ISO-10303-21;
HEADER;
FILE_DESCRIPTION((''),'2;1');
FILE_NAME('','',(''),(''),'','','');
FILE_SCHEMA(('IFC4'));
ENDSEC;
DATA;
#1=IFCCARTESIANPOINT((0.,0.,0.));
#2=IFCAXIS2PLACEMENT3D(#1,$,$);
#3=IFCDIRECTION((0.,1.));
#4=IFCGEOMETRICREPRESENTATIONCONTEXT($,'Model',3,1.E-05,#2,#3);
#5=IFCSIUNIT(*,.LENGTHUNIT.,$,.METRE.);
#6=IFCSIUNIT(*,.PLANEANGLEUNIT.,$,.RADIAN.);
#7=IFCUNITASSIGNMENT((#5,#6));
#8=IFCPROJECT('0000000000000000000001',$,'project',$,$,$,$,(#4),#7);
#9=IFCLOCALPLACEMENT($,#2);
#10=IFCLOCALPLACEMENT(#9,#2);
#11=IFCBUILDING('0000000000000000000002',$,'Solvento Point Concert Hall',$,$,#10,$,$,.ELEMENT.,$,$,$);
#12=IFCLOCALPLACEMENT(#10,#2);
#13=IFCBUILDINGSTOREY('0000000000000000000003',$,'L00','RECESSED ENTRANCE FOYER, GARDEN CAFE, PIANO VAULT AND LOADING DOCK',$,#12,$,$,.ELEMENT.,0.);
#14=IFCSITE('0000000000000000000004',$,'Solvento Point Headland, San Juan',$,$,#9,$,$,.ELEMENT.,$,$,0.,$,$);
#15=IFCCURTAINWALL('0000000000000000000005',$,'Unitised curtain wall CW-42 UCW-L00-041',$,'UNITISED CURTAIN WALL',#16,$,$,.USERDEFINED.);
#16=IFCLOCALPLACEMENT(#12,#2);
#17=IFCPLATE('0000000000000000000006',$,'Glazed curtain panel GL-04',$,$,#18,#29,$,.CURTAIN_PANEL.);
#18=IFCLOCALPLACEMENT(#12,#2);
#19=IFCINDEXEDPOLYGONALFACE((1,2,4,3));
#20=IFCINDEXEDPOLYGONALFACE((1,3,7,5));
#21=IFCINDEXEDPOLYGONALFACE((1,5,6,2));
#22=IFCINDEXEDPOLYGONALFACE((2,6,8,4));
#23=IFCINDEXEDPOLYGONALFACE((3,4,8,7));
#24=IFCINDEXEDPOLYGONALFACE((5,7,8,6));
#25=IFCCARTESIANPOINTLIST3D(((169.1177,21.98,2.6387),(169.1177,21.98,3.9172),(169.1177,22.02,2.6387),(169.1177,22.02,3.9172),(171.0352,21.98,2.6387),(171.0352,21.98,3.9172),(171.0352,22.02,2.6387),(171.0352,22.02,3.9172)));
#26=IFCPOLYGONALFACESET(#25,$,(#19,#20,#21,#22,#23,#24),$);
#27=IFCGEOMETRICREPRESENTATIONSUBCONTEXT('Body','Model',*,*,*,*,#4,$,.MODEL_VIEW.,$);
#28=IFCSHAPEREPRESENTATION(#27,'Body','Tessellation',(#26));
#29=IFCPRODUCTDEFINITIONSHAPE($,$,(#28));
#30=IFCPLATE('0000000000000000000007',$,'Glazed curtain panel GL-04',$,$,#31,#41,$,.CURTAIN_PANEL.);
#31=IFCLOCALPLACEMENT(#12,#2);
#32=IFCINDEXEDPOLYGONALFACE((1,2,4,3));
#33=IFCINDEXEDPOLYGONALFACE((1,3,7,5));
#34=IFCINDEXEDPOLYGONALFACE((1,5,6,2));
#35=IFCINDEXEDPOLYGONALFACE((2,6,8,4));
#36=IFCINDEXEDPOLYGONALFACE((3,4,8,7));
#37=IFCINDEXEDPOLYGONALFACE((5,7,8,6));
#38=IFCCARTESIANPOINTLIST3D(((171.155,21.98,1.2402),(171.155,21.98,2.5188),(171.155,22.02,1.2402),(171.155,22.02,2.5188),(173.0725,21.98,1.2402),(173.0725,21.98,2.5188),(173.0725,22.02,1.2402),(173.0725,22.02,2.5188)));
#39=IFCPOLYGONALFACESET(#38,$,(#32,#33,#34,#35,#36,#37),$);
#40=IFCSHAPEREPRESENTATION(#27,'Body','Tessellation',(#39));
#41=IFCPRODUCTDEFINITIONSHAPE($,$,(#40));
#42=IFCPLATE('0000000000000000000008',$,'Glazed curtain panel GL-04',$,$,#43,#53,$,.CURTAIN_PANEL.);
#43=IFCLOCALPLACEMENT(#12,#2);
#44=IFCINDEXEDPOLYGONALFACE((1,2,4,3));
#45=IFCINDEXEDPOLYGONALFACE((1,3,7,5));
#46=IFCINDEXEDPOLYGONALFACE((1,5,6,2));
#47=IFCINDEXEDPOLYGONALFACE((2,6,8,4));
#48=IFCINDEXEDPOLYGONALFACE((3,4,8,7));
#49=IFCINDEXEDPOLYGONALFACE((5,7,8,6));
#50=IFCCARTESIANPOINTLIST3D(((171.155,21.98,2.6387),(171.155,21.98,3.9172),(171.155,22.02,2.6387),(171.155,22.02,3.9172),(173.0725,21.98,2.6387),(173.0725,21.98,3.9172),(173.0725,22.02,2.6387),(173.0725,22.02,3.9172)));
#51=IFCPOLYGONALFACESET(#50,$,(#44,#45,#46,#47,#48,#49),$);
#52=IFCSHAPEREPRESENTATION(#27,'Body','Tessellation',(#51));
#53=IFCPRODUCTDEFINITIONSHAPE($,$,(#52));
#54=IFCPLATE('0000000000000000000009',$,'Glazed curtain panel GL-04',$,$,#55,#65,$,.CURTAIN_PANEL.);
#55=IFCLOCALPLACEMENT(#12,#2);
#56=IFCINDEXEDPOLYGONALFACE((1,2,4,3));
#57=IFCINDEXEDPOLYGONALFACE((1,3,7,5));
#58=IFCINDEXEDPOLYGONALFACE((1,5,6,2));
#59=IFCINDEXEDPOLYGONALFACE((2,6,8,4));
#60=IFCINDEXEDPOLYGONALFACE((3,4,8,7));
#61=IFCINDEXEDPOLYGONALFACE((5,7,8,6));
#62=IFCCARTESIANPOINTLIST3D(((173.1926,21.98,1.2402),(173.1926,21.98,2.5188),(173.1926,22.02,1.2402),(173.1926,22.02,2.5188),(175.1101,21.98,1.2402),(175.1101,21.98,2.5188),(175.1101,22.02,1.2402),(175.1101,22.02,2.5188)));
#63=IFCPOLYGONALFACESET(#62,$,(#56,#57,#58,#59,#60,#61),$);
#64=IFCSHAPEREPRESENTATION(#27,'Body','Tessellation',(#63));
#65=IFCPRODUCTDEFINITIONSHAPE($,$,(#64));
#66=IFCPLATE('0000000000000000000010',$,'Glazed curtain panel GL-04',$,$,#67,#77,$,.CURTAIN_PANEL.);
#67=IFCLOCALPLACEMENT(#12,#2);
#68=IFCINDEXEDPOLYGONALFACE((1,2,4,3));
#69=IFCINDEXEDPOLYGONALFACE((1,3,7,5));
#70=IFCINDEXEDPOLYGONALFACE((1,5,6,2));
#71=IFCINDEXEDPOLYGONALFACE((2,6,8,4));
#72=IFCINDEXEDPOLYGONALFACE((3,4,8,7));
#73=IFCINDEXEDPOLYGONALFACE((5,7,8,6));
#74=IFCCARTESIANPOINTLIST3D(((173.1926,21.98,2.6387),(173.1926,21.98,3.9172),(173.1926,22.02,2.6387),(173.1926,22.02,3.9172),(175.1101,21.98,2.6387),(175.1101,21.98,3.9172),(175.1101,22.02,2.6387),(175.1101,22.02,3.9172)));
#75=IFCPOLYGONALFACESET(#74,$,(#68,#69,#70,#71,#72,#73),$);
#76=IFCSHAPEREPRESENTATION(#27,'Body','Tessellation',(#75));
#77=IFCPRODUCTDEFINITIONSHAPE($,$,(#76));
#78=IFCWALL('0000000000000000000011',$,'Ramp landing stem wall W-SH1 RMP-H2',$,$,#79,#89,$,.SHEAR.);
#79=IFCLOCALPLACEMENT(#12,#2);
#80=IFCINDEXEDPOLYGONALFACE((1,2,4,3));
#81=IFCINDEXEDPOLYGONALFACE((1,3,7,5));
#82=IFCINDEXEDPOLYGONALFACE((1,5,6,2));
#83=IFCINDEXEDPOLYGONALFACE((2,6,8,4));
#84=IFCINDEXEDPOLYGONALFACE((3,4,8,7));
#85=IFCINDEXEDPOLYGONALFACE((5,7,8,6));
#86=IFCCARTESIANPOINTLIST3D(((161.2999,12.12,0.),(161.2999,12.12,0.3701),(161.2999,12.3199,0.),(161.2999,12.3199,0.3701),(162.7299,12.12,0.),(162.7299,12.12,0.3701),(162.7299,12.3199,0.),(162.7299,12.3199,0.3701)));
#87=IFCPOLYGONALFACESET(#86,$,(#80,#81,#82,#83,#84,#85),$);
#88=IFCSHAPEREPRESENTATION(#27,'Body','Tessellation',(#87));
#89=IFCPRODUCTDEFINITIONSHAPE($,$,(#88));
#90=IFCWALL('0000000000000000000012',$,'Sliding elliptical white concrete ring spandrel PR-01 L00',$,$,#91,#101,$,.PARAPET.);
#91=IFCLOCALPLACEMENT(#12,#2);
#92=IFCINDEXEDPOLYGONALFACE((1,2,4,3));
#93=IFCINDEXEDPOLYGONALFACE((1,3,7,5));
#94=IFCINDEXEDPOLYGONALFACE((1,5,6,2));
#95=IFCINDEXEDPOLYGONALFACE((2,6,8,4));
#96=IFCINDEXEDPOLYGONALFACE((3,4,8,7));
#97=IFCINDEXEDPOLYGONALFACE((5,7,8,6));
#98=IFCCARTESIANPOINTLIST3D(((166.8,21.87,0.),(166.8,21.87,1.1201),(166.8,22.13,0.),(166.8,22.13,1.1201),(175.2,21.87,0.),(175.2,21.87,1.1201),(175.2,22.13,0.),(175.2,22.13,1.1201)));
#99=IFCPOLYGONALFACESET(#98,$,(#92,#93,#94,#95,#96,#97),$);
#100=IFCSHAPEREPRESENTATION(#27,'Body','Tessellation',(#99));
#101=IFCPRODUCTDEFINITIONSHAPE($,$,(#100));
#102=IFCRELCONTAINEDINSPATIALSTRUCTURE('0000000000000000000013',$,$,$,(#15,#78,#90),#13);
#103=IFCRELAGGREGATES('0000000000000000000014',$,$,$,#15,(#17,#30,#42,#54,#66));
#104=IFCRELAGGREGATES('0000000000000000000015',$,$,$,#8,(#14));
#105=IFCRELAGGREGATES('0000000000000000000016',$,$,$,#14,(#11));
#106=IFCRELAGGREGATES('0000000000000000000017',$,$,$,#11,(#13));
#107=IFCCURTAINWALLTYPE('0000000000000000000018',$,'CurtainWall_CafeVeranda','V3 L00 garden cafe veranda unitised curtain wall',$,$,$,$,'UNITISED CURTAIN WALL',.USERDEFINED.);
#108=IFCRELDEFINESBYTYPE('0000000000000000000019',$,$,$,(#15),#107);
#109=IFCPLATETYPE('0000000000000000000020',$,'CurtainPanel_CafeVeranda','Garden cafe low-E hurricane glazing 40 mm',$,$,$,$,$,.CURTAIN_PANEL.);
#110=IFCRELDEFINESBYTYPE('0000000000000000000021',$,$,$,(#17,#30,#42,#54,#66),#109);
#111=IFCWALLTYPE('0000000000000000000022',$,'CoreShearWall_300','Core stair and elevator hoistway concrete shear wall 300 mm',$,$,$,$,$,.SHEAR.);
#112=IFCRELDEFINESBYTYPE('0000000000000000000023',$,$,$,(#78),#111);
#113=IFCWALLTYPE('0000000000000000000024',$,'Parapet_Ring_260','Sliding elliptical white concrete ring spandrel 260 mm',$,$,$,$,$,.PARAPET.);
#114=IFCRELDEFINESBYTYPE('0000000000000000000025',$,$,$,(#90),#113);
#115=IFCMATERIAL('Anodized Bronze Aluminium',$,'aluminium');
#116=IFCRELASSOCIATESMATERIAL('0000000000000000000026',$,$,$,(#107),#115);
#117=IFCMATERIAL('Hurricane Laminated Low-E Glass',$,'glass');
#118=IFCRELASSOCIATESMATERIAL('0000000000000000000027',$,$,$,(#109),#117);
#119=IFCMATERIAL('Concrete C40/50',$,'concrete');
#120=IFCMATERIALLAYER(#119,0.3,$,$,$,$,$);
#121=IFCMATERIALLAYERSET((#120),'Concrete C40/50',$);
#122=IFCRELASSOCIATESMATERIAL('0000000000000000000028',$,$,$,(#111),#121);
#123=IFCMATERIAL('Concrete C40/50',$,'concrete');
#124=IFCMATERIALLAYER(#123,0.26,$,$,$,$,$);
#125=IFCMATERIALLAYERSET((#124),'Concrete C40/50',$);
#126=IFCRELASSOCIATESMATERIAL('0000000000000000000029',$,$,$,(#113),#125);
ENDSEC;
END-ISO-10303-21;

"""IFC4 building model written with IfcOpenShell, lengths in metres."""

from ifc_helpers import new_model, si_unit, direction, frame, frame_2d, origin, origin_2d, place, context, subcontext, project, spatial, rectangle, extrude, material, layer, layer_set, type_object, element, aggregate, save


model = new_model("IFC4")

# Units and contexts
model_context = context("Model", 3, precision=1e-05, world=origin(), true_north=direction((0.0, 1.0)))
body_context = subcontext(model_context, "Body", "Model", "MODEL_VIEW")
ifc_project = project(units=[si_unit("LENGTHUNIT", "METRE"), si_unit("PLANEANGLEUNIT", "RADIAN")], contexts=[model_context])

# Site, building, storey
site_placement = place(None, origin())
site = spatial("IfcSite", under=ifc_project, at=site_placement, Name="Solvento Point Headland, San Juan", CompositionType="ELEMENT", RefElevation=0.0)
building_placement = place(site_placement, origin())
building = spatial("IfcBuilding", under=site, at=building_placement, Name="Solvento Point Concert Hall", CompositionType="ELEMENT")
storey_placement = place(building_placement, origin())
storey = spatial("IfcBuildingStorey", under=building, at=storey_placement, Name="L00", Description="RECESSED ENTRANCE FOYER, GARDEN CAFE, PIANO VAULT AND LOADING DOCK", CompositionType="ELEMENT", Elevation=0.0)

# Curtain wall
ifc_material_1 = material(Name="Anodized Bronze Aluminium", Category="aluminium")
curtain_wall_type = type_object("IfcCurtainWallType", Name="CurtainWall_CafeVeranda", Description="V3 L00 garden cafe veranda unitised curtain wall", ElementType="UNITISED CURTAIN WALL", PredefinedType="USERDEFINED", material=ifc_material_1)
curtain_wall_1_placement = place(storey_placement, origin())
curtain_wall_1 = element("IfcCurtainWall", 1, at=curtain_wall_1_placement, inside=storey, type_object=curtain_wall_type, Name="Unitised curtain wall CW-42 UCW-L00-041", ObjectType="UNITISED CURTAIN WALL", PredefinedType="USERDEFINED")

# Plates
ifc_material_2 = material(Name="Hurricane Laminated Low-E Glass", Category="glass")
plate_type = type_object("IfcPlateType", Name="CurtainPanel_CafeVeranda", Description="Garden cafe low-E hurricane glazing 40 mm", PredefinedType="CURTAIN_PANEL", material=ifc_material_2)
plate_1_placement = place(storey_placement, frame((170.0764, 22.0, 2.6387), z_axis=(0.0, 0.0, 1.0), x_axis=(1.0, 0.0, 0.0)))
plate_1 = element("IfcPlate", 2, at=plate_1_placement, type_object=plate_type, Name="Glazed curtain panel GL-04", PredefinedType="CURTAIN_PANEL", context=body_context, shape_type="SweptSolid", body=[
    extrude(rectangle(XDim=1.9175, YDim=0.04, at=origin_2d()), origin(), (0.0, 0.0, 1.0), 1.2786),
])
plate_2_placement = place(storey_placement, frame((172.1138, 22.0, 1.2402), z_axis=(0.0, 0.0, 1.0), x_axis=(1.0, 0.0, 0.0)))
plate_2 = element("IfcPlate", 3, at=plate_2_placement, type_object=plate_type, Name="Glazed curtain panel GL-04", PredefinedType="CURTAIN_PANEL", context=body_context, shape_type="SweptSolid", body=[
    extrude(rectangle(XDim=1.9175, YDim=0.04, at=origin_2d()), origin(), (0.0, 0.0, 1.0), 1.2786),
])
plate_3_placement = place(storey_placement, frame((172.1138, 22.0, 2.6387), z_axis=(0.0, 0.0, 1.0), x_axis=(1.0, 0.0, 0.0)))
plate_3 = element("IfcPlate", 4, at=plate_3_placement, type_object=plate_type, Name="Glazed curtain panel GL-04", PredefinedType="CURTAIN_PANEL", context=body_context, shape_type="SweptSolid", body=[
    extrude(rectangle(XDim=1.9175, YDim=0.04, at=origin_2d()), origin(), (0.0, 0.0, 1.0), 1.2786),
])
plate_4_placement = place(storey_placement, frame((174.1514, 22.0, 1.2402), z_axis=(0.0, 0.0, 1.0), x_axis=(1.0, 0.0, 0.0)))
plate_4 = element("IfcPlate", 5, at=plate_4_placement, type_object=plate_type, Name="Glazed curtain panel GL-04", PredefinedType="CURTAIN_PANEL", context=body_context, shape_type="SweptSolid", body=[
    extrude(rectangle(XDim=1.9175, YDim=0.04, at=origin_2d()), origin(), (0.0, 0.0, 1.0), 1.2786),
])
plate_5_placement = place(storey_placement, frame((174.1514, 22.0, 2.6387), z_axis=(0.0, 0.0, 1.0), x_axis=(1.0, 0.0, 0.0)))
plate_5 = element("IfcPlate", 6, at=plate_5_placement, type_object=plate_type, Name="Glazed curtain panel GL-04", PredefinedType="CURTAIN_PANEL", context=body_context, shape_type="SweptSolid", body=[
    extrude(rectangle(XDim=1.9175, YDim=0.04, at=origin_2d()), origin(), (0.0, 0.0, 1.0), 1.2786),
])
aggregate(curtain_wall_1, [plate_1, plate_2, plate_3, plate_4, plate_5])

# Walls
ifc_material_3 = material(Name="Concrete C40/50", Category="concrete")
ifc_layer_1 = layer(ifc_material_3, 0.3)
ifc_layer_set_1 = layer_set([ifc_layer_1], Name="Concrete C40/50")
wall_type_1 = type_object("IfcWallType", Name="CoreShearWall_300", Description="Core stair and elevator hoistway concrete shear wall 300 mm", PredefinedType="SHEAR", material=ifc_layer_set_1)
wall_1_placement = place(storey_placement, frame((161.3, 12.22, 0.0), z_axis=(0.0, 0.0, 1.0), x_axis=(1.0, 0.0, 0.0)))
element("IfcWall", 7, at=wall_1_placement, inside=storey, type_object=wall_type_1, Name="Ramp landing stem wall W-SH1 RMP-H2", PredefinedType="SHEAR", context=body_context, shape_type="SweptSolid", body=[
    extrude(rectangle(XDim=1.4299, YDim=0.2, at=frame_2d((0.7148, 0.0))), origin(), (0.0, 0.0, 1.0), 0.3701),
])
ifc_material_4 = material(Name="Concrete C40/50", Category="concrete")
ifc_layer_2 = layer(ifc_material_4, 0.26)
ifc_layer_set_2 = layer_set([ifc_layer_2], Name="Concrete C40/50")
wall_type_2 = type_object("IfcWallType", Name="Parapet_Ring_260", Description="Sliding elliptical white concrete ring spandrel 260 mm", PredefinedType="PARAPET", material=ifc_layer_set_2)
wall_2_placement = place(storey_placement, frame((166.8, 22.0, 0.0), z_axis=(0.0, 0.0, 1.0), x_axis=(1.0, 0.0, 0.0)))
element("IfcWall", 8, at=wall_2_placement, inside=storey, type_object=wall_type_2, Name="Sliding elliptical white concrete ring spandrel PR-01 L00", PredefinedType="PARAPET", context=body_context, shape_type="SweptSolid", body=[
    extrude(rectangle(XDim=8.3999, YDim=0.26, at=frame_2d((4.2, 0.0))), origin(), (0.0, 0.0, 1.0), 1.1201),
])

save(model, "model.ifc")
